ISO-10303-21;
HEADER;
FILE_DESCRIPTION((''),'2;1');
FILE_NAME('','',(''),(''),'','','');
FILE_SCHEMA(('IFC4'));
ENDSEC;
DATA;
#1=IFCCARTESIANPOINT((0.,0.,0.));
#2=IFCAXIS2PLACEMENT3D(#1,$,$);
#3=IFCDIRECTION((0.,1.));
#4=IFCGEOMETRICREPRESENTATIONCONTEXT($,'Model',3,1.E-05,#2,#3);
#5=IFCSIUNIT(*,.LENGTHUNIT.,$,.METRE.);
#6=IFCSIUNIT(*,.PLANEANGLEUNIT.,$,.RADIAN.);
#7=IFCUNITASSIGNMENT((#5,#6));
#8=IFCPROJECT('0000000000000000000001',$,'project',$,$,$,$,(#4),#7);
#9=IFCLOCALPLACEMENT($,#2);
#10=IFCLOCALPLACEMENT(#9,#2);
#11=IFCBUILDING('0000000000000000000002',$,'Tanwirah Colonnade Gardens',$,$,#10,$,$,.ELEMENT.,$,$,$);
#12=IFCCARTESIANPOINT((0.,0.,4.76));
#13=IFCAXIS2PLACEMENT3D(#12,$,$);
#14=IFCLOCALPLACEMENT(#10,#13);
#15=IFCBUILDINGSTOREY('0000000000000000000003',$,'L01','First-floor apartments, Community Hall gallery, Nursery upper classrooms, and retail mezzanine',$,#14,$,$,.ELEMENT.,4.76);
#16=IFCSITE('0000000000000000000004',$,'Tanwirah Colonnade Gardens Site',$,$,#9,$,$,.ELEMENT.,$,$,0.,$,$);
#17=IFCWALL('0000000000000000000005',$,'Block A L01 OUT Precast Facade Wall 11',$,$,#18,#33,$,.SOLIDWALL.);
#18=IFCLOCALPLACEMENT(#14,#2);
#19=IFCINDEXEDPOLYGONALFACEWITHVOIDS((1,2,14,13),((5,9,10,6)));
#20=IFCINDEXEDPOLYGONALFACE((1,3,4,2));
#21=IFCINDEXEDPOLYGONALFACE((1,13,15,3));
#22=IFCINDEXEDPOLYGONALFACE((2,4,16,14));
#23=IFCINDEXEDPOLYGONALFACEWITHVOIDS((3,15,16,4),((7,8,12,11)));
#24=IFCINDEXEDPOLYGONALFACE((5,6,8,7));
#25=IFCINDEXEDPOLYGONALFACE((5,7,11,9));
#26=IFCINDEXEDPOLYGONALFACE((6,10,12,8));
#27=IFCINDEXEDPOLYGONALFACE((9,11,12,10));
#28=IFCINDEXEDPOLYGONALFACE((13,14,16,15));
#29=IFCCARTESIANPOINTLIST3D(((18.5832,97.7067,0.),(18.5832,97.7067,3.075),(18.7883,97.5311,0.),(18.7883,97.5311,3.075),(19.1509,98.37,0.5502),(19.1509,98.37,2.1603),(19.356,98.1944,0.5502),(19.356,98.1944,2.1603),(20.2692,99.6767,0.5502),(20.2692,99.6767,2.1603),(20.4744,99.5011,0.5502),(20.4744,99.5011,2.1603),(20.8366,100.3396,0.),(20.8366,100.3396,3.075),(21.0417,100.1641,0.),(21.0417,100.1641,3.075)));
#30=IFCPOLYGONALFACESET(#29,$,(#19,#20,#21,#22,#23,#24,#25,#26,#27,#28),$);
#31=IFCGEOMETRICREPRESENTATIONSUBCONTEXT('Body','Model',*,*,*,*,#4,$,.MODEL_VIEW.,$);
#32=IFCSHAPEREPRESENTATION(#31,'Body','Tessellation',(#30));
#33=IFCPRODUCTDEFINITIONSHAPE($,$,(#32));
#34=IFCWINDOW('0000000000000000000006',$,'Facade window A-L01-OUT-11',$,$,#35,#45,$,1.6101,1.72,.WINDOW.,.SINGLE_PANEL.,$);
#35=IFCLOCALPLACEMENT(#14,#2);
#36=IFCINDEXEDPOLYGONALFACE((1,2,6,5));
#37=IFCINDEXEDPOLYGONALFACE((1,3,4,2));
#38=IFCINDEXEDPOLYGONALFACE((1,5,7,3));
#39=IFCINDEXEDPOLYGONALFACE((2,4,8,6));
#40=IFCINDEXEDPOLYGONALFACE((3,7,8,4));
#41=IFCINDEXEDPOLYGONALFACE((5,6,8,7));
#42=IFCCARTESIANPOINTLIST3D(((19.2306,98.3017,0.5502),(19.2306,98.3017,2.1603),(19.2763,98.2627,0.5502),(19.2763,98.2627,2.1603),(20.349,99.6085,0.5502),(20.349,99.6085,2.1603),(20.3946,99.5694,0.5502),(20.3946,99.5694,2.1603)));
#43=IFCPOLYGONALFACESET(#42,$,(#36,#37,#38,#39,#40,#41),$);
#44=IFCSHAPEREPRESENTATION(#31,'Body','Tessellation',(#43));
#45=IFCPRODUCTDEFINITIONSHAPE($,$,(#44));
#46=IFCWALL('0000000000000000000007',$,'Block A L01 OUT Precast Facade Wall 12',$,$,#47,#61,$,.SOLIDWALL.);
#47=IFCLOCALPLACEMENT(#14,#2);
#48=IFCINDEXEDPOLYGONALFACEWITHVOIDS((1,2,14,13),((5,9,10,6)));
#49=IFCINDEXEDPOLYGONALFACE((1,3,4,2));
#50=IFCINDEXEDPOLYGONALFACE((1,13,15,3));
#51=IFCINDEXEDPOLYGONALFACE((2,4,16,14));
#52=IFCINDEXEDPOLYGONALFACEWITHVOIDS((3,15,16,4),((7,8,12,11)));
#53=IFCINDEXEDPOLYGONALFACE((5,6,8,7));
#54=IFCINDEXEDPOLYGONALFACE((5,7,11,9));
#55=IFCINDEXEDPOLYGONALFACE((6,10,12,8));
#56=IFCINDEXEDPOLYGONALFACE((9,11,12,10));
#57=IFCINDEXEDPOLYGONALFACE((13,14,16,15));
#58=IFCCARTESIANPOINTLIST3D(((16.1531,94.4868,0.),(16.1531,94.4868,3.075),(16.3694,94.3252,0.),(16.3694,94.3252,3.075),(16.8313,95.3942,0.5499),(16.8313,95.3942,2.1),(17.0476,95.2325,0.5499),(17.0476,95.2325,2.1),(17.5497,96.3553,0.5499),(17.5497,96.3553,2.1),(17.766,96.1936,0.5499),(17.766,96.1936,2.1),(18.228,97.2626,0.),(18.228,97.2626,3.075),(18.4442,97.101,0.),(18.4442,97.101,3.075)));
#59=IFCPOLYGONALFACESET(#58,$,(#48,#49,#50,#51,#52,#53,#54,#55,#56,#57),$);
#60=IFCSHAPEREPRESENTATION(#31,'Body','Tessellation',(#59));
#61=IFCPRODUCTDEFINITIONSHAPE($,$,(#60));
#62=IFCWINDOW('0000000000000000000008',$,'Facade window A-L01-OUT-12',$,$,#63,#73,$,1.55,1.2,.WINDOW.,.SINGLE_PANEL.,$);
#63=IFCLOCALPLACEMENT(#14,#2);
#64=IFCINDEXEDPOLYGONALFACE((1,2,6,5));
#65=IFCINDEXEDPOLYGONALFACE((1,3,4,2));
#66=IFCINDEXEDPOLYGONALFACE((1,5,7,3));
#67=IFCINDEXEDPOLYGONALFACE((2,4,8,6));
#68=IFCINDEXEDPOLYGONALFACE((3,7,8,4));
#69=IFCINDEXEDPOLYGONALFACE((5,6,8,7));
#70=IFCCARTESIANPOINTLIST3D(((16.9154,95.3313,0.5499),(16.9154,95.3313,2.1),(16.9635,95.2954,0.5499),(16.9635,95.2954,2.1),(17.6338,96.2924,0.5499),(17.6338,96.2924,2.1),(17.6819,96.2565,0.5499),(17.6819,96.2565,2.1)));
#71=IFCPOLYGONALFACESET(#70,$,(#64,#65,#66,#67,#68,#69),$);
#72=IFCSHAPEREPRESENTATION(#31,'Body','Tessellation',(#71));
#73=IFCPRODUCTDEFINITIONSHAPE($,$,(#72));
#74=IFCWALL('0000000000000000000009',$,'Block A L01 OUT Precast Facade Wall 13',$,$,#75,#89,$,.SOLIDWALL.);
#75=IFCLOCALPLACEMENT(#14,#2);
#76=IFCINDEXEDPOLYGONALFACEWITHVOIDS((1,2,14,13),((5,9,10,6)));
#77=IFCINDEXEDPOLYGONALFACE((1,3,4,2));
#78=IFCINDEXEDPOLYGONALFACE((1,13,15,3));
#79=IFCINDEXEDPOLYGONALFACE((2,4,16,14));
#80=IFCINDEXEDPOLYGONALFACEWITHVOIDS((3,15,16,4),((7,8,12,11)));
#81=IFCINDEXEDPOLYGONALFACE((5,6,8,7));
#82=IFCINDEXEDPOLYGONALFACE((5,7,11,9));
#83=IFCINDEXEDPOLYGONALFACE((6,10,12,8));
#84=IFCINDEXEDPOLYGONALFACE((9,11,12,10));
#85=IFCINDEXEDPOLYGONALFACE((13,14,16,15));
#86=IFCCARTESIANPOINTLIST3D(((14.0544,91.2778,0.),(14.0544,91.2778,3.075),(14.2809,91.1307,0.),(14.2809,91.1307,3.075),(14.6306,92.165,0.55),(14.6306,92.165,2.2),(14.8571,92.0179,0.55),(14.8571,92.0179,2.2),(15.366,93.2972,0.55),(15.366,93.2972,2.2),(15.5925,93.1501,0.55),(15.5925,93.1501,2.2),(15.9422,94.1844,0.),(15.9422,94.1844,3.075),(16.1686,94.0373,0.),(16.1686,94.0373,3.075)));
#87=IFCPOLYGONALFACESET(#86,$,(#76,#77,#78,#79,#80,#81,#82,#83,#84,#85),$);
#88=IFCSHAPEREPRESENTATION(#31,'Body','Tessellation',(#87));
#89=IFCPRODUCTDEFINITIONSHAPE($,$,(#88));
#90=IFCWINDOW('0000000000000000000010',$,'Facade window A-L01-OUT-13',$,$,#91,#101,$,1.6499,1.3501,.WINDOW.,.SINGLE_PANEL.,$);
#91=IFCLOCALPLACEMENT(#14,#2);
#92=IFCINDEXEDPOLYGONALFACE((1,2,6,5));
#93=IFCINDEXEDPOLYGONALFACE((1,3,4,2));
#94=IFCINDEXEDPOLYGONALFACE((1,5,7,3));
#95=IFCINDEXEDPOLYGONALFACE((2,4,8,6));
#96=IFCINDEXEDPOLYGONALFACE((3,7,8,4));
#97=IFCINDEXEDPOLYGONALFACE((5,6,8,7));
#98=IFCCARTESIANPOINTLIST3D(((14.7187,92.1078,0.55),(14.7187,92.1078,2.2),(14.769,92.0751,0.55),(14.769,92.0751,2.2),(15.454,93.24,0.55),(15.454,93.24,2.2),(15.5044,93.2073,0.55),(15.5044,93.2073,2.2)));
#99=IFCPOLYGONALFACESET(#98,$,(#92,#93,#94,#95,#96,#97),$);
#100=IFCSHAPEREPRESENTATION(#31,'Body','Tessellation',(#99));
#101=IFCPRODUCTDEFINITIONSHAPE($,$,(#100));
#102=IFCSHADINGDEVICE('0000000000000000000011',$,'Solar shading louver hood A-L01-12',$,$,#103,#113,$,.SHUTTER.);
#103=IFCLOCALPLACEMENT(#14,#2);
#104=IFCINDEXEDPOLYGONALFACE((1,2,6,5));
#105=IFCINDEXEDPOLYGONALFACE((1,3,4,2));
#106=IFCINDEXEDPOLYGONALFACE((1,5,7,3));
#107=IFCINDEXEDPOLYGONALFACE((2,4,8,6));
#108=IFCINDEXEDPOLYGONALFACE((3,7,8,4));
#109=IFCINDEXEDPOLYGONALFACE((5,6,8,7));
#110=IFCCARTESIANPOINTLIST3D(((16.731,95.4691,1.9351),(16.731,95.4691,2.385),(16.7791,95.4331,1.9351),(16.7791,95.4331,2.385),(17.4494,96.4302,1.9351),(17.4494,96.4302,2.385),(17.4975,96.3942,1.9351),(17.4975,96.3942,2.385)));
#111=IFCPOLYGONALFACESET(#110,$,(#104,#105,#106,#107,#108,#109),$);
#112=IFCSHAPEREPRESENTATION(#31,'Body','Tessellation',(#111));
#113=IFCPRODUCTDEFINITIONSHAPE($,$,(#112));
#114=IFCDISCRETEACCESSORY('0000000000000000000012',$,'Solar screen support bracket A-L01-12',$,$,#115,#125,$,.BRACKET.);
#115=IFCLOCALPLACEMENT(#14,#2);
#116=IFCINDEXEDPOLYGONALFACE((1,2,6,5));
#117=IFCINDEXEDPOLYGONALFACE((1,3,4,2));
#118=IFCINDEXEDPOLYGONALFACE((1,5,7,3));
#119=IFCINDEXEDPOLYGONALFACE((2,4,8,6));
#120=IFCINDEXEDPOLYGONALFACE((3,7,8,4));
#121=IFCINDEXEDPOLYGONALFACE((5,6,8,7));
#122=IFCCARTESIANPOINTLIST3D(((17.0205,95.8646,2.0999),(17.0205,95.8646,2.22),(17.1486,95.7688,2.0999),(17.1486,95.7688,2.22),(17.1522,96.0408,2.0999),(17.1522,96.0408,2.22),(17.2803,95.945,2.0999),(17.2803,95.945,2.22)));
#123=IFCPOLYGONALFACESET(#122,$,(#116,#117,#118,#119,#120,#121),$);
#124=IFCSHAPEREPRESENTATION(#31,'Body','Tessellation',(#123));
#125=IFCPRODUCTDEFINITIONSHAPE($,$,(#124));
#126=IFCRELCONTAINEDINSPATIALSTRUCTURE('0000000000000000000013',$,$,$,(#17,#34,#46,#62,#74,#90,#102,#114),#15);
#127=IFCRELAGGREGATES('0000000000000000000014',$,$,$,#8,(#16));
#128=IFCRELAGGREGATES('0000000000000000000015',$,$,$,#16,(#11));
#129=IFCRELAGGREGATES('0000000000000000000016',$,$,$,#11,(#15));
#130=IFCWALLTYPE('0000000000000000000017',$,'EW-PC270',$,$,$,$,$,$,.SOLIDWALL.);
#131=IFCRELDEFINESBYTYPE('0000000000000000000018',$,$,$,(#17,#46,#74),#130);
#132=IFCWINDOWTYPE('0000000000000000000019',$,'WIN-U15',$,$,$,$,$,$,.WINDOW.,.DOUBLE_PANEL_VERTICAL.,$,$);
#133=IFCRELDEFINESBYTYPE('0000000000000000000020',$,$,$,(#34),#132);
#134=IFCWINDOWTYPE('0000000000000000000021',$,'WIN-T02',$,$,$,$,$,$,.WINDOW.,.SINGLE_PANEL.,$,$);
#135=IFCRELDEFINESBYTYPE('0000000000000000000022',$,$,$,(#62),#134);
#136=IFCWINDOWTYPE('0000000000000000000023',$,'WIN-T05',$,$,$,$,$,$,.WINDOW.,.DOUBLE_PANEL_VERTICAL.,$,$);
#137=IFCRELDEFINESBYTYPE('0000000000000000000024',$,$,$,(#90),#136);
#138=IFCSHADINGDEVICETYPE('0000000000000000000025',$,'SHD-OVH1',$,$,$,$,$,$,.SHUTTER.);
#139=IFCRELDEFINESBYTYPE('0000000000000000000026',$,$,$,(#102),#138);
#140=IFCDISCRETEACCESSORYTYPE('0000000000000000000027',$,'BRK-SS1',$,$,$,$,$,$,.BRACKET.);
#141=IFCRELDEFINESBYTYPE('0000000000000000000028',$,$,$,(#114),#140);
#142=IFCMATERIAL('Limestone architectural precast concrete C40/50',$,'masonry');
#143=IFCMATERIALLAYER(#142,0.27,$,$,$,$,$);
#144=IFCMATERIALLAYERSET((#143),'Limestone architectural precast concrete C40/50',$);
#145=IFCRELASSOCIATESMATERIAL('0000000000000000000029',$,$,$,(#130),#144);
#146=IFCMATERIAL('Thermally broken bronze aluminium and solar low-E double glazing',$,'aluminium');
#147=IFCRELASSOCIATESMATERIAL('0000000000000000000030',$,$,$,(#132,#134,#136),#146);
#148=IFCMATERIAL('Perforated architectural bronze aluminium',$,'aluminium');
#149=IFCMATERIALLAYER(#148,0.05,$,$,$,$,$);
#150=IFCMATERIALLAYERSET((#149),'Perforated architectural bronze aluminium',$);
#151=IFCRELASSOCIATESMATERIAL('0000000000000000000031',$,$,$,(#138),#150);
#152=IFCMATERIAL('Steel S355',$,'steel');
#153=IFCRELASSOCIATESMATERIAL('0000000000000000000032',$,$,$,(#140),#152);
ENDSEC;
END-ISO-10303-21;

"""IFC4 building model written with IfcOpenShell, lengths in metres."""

from ifc_helpers import new_model, si_unit, direction, frame, frame_2d, origin, origin_2d, place, context, subcontext, project, spatial, rectangle, extrude, material, layer, layer_set, type_object, element, fill, save


model = new_model("IFC4")

# Units and contexts
model_context = context("Model", 3, precision=1e-05, world=origin(), true_north=direction((0.0, 1.0)))
body_context = subcontext(model_context, "Body", "Model", "MODEL_VIEW")
ifc_project = project(units=[si_unit("LENGTHUNIT", "METRE"), si_unit("PLANEANGLEUNIT", "RADIAN")], contexts=[model_context])

# Site, building, storey
site_placement = place(None, origin())
site = spatial("IfcSite", under=ifc_project, at=site_placement, Name="Tanwirah Colonnade Gardens Site", CompositionType="ELEMENT", RefElevation=0.0)
building_placement = place(site_placement, origin())
building = spatial("IfcBuilding", under=site, at=building_placement, Name="Tanwirah Colonnade Gardens", CompositionType="ELEMENT")
storey_placement = place(building_placement, frame((0.0, 0.0, 4.76)))
storey = spatial("IfcBuildingStorey", under=building, at=storey_placement, Name="L01", Description="First-floor apartments, Community Hall gallery, Nursery upper classrooms, and retail mezzanine", CompositionType="ELEMENT", Elevation=4.76)

# Shared definitions
ifc_material_1 = material(Name="Limestone architectural precast concrete C40/50", Category="masonry")
ifc_layer_1 = layer(ifc_material_1, 0.27)
ifc_layer_set_1 = layer_set([ifc_layer_1], Name="Limestone architectural precast concrete C40/50")
wall_type = type_object("IfcWallType", Name="EW-PC270", PredefinedType="SOLIDWALL", material=ifc_layer_set_1)

# Walls, openings, windows
wall_1_placement = place(storey_placement, frame((20.9392, 100.252, 0.0), z_axis=(0.0, 0.0, 1.0), x_axis=(-0.650211, -0.759754, 0.0)))
wall_1 = element("IfcWall", 1, at=wall_1_placement, inside=storey, type_object=wall_type, Name="Block A L01 OUT Precast Facade Wall 11", PredefinedType="SOLIDWALL", context=body_context, shape_type="SweptSolid", body=[
    extrude(rectangle(XDim=3.4656, YDim=0.27, at=frame_2d((1.7329, 0.0))), origin(), (0.0, 0.0, 1.0), 3.075),
])
opening_1_placement = place(wall_1_placement, frame((0.8728, 0.0, 0.55)))
opening_1 = element("IfcOpeningElement", 2, at=opening_1_placement, cuts=wall_1, PredefinedType="OPENING", context=body_context, shape_type="SweptSolid", body=[
    extrude(rectangle(XDim=1.72, YDim=1.6101, at=frame_2d((0.8599, 0.8052))), frame((0.0, 0.145, 0.0), z_axis=(0.0, -1.0, 0.0), x_axis=(1.0, 0.0, 0.0)), (0.0, 0.0, 1.0), 0.29),
])
ifc_material_2 = material(Name="Thermally broken bronze aluminium and solar low-E double glazing", Category="aluminium")
window_type_1 = type_object("IfcWindowType", Name="WIN-U15", PartitioningType="DOUBLE_PANEL_VERTICAL", PredefinedType="WINDOW", material=ifc_material_2)
window_1_placement = place(opening_1_placement, origin())
window_1 = element("IfcWindow", 3, at=window_1_placement, inside=storey, type_object=window_type_1, Name="Facade window A-L01-OUT-11", OverallHeight=1.6101, OverallWidth=1.72, PartitioningType="SINGLE_PANEL", PredefinedType="WINDOW", context=body_context, shape_type="SweptSolid", body=[
    extrude(rectangle(XDim=1.72, YDim=1.6101, at=frame_2d((0.8599, 0.8052))), frame((0.0, 0.03, 0.0), z_axis=(0.0, -1.0, 0.0), x_axis=(1.0, 0.0, 0.0)), (0.0, 0.0, 1.0), 0.0601),
])
fill(opening_1, window_1)
wall_2_placement = place(storey_placement, frame((18.3362, 97.1819, 0.0), z_axis=(0.0, 0.0, 1.0), x_axis=(-0.598714, -0.800963, 0.0)))
wall_2 = element("IfcWall", 4, at=wall_2_placement, inside=storey, type_object=wall_type, Name="Block A L01 OUT Precast Facade Wall 12", PredefinedType="SOLIDWALL", context=body_context, shape_type="SweptSolid", body=[
    extrude(rectangle(XDim=3.4656, YDim=0.27, at=frame_2d((1.7329, 0.0))), origin(), (0.0, 0.0, 1.0), 3.075),
])
opening_2_placement = place(wall_2_placement, frame((1.1328, 0.0, 0.55)))
opening_2 = element("IfcOpeningElement", 5, at=opening_2_placement, cuts=wall_2, PredefinedType="OPENING", context=body_context, shape_type="SweptSolid", body=[
    extrude(rectangle(XDim=1.2, YDim=1.55, at=frame_2d((0.6001, 0.7749))), frame((0.0, 0.145, 0.0), z_axis=(0.0, -1.0, 0.0), x_axis=(1.0, 0.0, 0.0)), (0.0, 0.0, 1.0), 0.29),
])
window_type_2 = type_object("IfcWindowType", Name="WIN-T02", PartitioningType="SINGLE_PANEL", PredefinedType="WINDOW", material=ifc_material_2)
window_2_placement = place(opening_2_placement, origin())
window_2 = element("IfcWindow", 6, at=window_2_placement, inside=storey, type_object=window_type_2, Name="Facade window A-L01-OUT-12", OverallHeight=1.55, OverallWidth=1.2, PartitioningType="SINGLE_PANEL", PredefinedType="WINDOW", context=body_context, shape_type="SweptSolid", body=[
    extrude(rectangle(XDim=1.2, YDim=1.55, at=frame_2d((0.6001, 0.7749))), frame((0.0, 0.03, 0.0), z_axis=(0.0, -1.0, 0.0), x_axis=(1.0, 0.0, 0.0)), (0.0, 0.0, 1.0), 0.0601),
])
fill(opening_2, window_2)
wall_3_placement = place(storey_placement, frame((16.0554, 94.1108, 0.0), z_axis=(0.0, 0.0, 1.0), x_axis=(-0.544679, -0.838645, 0.0)))
wall_3 = element("IfcWall", 7, at=wall_3_placement, inside=storey, type_object=wall_type, Name="Block A L01 OUT Precast Facade Wall 13", PredefinedType="SOLIDWALL", context=body_context, shape_type="SweptSolid", body=[
    extrude(rectangle(XDim=3.4658, YDim=0.27, at=frame_2d((1.7329, 0.0))), origin(), (0.0, 0.0, 1.0), 3.075),
])
opening_3_placement = place(wall_3_placement, frame((1.0579, 0.0, 0.55)))
opening_3 = element("IfcOpeningElement", 8, at=opening_3_placement, cuts=wall_3, PredefinedType="OPENING", context=body_context, shape_type="SweptSolid", body=[
    extrude(rectangle(XDim=1.3501, YDim=1.6499, at=frame_2d((0.675, 0.825))), frame((0.0, 0.145, 0.0), z_axis=(0.0, -1.0, 0.0), x_axis=(1.0, 0.0, 0.0)), (0.0, 0.0, 1.0), 0.29),
])
window_type_3 = type_object("IfcWindowType", Name="WIN-T05", PartitioningType="DOUBLE_PANEL_VERTICAL", PredefinedType="WINDOW", material=ifc_material_2)
window_3_placement = place(opening_3_placement, origin())
window_3 = element("IfcWindow", 9, at=window_3_placement, inside=storey, type_object=window_type_3, Name="Facade window A-L01-OUT-13", OverallHeight=1.6499, OverallWidth=1.3501, PartitioningType="SINGLE_PANEL", PredefinedType="WINDOW", context=body_context, shape_type="SweptSolid", body=[
    extrude(rectangle(XDim=1.3501, YDim=1.6499, at=frame_2d((0.675, 0.825))), frame((0.0, 0.03, 0.0), z_axis=(0.0, -1.0, 0.0), x_axis=(1.0, 0.0, 0.0)), (0.0, 0.0, 1.0), 0.0601),
])
fill(opening_3, window_3)

# Shading device
ifc_material_3 = material(Name="Perforated architectural bronze aluminium", Category="aluminium")
ifc_layer_2 = layer(ifc_material_3, 0.05)
ifc_layer_set_2 = layer_set([ifc_layer_2], Name="Perforated architectural bronze aluminium")
shading_device_type = type_object("IfcShadingDeviceType", Name="SHD-OVH1", PredefinedType="SHUTTER", material=ifc_layer_set_2)
shading_device_placement = place(storey_placement, frame((17.1143, 95.9316, 1.9351), z_axis=(0.0, 0.0, 1.0), x_axis=(-0.598713, -0.800964, 0.0)))
element("IfcShadingDevice", 10, at=shading_device_placement, inside=storey, type_object=shading_device_type, Name="Solar shading louver hood A-L01-12", PredefinedType="SHUTTER", context=body_context, shape_type="SweptSolid", body=[
    extrude(rectangle(XDim=1.2, YDim=0.0601, at=origin_2d()), origin(), (0.0, 0.0, 1.0), 0.45),
])

# Discrete accessory
ifc_material_4 = material(Name="Steel S355", Category="steel")
discrete_accessory_type = type_object("IfcDiscreteAccessoryType", Name="BRK-SS1", PredefinedType="BRACKET", material=ifc_material_4)
discrete_accessory_placement = place(storey_placement, frame((17.1504, 95.9048, 2.0999), z_axis=(0.0, 0.0, 1.0), x_axis=(-0.598713, -0.800964, 0.0)))
element("IfcDiscreteAccessory", 11, at=discrete_accessory_placement, inside=storey, type_object=discrete_accessory_type, Name="Solar screen support bracket A-L01-12", PredefinedType="BRACKET", context=body_context, shape_type="SweptSolid", body=[
    extrude(rectangle(XDim=0.22, YDim=0.1599, at=origin_2d()), origin(), (0.0, 0.0, 1.0), 0.1201),
])

save(model, "model.ifc")
